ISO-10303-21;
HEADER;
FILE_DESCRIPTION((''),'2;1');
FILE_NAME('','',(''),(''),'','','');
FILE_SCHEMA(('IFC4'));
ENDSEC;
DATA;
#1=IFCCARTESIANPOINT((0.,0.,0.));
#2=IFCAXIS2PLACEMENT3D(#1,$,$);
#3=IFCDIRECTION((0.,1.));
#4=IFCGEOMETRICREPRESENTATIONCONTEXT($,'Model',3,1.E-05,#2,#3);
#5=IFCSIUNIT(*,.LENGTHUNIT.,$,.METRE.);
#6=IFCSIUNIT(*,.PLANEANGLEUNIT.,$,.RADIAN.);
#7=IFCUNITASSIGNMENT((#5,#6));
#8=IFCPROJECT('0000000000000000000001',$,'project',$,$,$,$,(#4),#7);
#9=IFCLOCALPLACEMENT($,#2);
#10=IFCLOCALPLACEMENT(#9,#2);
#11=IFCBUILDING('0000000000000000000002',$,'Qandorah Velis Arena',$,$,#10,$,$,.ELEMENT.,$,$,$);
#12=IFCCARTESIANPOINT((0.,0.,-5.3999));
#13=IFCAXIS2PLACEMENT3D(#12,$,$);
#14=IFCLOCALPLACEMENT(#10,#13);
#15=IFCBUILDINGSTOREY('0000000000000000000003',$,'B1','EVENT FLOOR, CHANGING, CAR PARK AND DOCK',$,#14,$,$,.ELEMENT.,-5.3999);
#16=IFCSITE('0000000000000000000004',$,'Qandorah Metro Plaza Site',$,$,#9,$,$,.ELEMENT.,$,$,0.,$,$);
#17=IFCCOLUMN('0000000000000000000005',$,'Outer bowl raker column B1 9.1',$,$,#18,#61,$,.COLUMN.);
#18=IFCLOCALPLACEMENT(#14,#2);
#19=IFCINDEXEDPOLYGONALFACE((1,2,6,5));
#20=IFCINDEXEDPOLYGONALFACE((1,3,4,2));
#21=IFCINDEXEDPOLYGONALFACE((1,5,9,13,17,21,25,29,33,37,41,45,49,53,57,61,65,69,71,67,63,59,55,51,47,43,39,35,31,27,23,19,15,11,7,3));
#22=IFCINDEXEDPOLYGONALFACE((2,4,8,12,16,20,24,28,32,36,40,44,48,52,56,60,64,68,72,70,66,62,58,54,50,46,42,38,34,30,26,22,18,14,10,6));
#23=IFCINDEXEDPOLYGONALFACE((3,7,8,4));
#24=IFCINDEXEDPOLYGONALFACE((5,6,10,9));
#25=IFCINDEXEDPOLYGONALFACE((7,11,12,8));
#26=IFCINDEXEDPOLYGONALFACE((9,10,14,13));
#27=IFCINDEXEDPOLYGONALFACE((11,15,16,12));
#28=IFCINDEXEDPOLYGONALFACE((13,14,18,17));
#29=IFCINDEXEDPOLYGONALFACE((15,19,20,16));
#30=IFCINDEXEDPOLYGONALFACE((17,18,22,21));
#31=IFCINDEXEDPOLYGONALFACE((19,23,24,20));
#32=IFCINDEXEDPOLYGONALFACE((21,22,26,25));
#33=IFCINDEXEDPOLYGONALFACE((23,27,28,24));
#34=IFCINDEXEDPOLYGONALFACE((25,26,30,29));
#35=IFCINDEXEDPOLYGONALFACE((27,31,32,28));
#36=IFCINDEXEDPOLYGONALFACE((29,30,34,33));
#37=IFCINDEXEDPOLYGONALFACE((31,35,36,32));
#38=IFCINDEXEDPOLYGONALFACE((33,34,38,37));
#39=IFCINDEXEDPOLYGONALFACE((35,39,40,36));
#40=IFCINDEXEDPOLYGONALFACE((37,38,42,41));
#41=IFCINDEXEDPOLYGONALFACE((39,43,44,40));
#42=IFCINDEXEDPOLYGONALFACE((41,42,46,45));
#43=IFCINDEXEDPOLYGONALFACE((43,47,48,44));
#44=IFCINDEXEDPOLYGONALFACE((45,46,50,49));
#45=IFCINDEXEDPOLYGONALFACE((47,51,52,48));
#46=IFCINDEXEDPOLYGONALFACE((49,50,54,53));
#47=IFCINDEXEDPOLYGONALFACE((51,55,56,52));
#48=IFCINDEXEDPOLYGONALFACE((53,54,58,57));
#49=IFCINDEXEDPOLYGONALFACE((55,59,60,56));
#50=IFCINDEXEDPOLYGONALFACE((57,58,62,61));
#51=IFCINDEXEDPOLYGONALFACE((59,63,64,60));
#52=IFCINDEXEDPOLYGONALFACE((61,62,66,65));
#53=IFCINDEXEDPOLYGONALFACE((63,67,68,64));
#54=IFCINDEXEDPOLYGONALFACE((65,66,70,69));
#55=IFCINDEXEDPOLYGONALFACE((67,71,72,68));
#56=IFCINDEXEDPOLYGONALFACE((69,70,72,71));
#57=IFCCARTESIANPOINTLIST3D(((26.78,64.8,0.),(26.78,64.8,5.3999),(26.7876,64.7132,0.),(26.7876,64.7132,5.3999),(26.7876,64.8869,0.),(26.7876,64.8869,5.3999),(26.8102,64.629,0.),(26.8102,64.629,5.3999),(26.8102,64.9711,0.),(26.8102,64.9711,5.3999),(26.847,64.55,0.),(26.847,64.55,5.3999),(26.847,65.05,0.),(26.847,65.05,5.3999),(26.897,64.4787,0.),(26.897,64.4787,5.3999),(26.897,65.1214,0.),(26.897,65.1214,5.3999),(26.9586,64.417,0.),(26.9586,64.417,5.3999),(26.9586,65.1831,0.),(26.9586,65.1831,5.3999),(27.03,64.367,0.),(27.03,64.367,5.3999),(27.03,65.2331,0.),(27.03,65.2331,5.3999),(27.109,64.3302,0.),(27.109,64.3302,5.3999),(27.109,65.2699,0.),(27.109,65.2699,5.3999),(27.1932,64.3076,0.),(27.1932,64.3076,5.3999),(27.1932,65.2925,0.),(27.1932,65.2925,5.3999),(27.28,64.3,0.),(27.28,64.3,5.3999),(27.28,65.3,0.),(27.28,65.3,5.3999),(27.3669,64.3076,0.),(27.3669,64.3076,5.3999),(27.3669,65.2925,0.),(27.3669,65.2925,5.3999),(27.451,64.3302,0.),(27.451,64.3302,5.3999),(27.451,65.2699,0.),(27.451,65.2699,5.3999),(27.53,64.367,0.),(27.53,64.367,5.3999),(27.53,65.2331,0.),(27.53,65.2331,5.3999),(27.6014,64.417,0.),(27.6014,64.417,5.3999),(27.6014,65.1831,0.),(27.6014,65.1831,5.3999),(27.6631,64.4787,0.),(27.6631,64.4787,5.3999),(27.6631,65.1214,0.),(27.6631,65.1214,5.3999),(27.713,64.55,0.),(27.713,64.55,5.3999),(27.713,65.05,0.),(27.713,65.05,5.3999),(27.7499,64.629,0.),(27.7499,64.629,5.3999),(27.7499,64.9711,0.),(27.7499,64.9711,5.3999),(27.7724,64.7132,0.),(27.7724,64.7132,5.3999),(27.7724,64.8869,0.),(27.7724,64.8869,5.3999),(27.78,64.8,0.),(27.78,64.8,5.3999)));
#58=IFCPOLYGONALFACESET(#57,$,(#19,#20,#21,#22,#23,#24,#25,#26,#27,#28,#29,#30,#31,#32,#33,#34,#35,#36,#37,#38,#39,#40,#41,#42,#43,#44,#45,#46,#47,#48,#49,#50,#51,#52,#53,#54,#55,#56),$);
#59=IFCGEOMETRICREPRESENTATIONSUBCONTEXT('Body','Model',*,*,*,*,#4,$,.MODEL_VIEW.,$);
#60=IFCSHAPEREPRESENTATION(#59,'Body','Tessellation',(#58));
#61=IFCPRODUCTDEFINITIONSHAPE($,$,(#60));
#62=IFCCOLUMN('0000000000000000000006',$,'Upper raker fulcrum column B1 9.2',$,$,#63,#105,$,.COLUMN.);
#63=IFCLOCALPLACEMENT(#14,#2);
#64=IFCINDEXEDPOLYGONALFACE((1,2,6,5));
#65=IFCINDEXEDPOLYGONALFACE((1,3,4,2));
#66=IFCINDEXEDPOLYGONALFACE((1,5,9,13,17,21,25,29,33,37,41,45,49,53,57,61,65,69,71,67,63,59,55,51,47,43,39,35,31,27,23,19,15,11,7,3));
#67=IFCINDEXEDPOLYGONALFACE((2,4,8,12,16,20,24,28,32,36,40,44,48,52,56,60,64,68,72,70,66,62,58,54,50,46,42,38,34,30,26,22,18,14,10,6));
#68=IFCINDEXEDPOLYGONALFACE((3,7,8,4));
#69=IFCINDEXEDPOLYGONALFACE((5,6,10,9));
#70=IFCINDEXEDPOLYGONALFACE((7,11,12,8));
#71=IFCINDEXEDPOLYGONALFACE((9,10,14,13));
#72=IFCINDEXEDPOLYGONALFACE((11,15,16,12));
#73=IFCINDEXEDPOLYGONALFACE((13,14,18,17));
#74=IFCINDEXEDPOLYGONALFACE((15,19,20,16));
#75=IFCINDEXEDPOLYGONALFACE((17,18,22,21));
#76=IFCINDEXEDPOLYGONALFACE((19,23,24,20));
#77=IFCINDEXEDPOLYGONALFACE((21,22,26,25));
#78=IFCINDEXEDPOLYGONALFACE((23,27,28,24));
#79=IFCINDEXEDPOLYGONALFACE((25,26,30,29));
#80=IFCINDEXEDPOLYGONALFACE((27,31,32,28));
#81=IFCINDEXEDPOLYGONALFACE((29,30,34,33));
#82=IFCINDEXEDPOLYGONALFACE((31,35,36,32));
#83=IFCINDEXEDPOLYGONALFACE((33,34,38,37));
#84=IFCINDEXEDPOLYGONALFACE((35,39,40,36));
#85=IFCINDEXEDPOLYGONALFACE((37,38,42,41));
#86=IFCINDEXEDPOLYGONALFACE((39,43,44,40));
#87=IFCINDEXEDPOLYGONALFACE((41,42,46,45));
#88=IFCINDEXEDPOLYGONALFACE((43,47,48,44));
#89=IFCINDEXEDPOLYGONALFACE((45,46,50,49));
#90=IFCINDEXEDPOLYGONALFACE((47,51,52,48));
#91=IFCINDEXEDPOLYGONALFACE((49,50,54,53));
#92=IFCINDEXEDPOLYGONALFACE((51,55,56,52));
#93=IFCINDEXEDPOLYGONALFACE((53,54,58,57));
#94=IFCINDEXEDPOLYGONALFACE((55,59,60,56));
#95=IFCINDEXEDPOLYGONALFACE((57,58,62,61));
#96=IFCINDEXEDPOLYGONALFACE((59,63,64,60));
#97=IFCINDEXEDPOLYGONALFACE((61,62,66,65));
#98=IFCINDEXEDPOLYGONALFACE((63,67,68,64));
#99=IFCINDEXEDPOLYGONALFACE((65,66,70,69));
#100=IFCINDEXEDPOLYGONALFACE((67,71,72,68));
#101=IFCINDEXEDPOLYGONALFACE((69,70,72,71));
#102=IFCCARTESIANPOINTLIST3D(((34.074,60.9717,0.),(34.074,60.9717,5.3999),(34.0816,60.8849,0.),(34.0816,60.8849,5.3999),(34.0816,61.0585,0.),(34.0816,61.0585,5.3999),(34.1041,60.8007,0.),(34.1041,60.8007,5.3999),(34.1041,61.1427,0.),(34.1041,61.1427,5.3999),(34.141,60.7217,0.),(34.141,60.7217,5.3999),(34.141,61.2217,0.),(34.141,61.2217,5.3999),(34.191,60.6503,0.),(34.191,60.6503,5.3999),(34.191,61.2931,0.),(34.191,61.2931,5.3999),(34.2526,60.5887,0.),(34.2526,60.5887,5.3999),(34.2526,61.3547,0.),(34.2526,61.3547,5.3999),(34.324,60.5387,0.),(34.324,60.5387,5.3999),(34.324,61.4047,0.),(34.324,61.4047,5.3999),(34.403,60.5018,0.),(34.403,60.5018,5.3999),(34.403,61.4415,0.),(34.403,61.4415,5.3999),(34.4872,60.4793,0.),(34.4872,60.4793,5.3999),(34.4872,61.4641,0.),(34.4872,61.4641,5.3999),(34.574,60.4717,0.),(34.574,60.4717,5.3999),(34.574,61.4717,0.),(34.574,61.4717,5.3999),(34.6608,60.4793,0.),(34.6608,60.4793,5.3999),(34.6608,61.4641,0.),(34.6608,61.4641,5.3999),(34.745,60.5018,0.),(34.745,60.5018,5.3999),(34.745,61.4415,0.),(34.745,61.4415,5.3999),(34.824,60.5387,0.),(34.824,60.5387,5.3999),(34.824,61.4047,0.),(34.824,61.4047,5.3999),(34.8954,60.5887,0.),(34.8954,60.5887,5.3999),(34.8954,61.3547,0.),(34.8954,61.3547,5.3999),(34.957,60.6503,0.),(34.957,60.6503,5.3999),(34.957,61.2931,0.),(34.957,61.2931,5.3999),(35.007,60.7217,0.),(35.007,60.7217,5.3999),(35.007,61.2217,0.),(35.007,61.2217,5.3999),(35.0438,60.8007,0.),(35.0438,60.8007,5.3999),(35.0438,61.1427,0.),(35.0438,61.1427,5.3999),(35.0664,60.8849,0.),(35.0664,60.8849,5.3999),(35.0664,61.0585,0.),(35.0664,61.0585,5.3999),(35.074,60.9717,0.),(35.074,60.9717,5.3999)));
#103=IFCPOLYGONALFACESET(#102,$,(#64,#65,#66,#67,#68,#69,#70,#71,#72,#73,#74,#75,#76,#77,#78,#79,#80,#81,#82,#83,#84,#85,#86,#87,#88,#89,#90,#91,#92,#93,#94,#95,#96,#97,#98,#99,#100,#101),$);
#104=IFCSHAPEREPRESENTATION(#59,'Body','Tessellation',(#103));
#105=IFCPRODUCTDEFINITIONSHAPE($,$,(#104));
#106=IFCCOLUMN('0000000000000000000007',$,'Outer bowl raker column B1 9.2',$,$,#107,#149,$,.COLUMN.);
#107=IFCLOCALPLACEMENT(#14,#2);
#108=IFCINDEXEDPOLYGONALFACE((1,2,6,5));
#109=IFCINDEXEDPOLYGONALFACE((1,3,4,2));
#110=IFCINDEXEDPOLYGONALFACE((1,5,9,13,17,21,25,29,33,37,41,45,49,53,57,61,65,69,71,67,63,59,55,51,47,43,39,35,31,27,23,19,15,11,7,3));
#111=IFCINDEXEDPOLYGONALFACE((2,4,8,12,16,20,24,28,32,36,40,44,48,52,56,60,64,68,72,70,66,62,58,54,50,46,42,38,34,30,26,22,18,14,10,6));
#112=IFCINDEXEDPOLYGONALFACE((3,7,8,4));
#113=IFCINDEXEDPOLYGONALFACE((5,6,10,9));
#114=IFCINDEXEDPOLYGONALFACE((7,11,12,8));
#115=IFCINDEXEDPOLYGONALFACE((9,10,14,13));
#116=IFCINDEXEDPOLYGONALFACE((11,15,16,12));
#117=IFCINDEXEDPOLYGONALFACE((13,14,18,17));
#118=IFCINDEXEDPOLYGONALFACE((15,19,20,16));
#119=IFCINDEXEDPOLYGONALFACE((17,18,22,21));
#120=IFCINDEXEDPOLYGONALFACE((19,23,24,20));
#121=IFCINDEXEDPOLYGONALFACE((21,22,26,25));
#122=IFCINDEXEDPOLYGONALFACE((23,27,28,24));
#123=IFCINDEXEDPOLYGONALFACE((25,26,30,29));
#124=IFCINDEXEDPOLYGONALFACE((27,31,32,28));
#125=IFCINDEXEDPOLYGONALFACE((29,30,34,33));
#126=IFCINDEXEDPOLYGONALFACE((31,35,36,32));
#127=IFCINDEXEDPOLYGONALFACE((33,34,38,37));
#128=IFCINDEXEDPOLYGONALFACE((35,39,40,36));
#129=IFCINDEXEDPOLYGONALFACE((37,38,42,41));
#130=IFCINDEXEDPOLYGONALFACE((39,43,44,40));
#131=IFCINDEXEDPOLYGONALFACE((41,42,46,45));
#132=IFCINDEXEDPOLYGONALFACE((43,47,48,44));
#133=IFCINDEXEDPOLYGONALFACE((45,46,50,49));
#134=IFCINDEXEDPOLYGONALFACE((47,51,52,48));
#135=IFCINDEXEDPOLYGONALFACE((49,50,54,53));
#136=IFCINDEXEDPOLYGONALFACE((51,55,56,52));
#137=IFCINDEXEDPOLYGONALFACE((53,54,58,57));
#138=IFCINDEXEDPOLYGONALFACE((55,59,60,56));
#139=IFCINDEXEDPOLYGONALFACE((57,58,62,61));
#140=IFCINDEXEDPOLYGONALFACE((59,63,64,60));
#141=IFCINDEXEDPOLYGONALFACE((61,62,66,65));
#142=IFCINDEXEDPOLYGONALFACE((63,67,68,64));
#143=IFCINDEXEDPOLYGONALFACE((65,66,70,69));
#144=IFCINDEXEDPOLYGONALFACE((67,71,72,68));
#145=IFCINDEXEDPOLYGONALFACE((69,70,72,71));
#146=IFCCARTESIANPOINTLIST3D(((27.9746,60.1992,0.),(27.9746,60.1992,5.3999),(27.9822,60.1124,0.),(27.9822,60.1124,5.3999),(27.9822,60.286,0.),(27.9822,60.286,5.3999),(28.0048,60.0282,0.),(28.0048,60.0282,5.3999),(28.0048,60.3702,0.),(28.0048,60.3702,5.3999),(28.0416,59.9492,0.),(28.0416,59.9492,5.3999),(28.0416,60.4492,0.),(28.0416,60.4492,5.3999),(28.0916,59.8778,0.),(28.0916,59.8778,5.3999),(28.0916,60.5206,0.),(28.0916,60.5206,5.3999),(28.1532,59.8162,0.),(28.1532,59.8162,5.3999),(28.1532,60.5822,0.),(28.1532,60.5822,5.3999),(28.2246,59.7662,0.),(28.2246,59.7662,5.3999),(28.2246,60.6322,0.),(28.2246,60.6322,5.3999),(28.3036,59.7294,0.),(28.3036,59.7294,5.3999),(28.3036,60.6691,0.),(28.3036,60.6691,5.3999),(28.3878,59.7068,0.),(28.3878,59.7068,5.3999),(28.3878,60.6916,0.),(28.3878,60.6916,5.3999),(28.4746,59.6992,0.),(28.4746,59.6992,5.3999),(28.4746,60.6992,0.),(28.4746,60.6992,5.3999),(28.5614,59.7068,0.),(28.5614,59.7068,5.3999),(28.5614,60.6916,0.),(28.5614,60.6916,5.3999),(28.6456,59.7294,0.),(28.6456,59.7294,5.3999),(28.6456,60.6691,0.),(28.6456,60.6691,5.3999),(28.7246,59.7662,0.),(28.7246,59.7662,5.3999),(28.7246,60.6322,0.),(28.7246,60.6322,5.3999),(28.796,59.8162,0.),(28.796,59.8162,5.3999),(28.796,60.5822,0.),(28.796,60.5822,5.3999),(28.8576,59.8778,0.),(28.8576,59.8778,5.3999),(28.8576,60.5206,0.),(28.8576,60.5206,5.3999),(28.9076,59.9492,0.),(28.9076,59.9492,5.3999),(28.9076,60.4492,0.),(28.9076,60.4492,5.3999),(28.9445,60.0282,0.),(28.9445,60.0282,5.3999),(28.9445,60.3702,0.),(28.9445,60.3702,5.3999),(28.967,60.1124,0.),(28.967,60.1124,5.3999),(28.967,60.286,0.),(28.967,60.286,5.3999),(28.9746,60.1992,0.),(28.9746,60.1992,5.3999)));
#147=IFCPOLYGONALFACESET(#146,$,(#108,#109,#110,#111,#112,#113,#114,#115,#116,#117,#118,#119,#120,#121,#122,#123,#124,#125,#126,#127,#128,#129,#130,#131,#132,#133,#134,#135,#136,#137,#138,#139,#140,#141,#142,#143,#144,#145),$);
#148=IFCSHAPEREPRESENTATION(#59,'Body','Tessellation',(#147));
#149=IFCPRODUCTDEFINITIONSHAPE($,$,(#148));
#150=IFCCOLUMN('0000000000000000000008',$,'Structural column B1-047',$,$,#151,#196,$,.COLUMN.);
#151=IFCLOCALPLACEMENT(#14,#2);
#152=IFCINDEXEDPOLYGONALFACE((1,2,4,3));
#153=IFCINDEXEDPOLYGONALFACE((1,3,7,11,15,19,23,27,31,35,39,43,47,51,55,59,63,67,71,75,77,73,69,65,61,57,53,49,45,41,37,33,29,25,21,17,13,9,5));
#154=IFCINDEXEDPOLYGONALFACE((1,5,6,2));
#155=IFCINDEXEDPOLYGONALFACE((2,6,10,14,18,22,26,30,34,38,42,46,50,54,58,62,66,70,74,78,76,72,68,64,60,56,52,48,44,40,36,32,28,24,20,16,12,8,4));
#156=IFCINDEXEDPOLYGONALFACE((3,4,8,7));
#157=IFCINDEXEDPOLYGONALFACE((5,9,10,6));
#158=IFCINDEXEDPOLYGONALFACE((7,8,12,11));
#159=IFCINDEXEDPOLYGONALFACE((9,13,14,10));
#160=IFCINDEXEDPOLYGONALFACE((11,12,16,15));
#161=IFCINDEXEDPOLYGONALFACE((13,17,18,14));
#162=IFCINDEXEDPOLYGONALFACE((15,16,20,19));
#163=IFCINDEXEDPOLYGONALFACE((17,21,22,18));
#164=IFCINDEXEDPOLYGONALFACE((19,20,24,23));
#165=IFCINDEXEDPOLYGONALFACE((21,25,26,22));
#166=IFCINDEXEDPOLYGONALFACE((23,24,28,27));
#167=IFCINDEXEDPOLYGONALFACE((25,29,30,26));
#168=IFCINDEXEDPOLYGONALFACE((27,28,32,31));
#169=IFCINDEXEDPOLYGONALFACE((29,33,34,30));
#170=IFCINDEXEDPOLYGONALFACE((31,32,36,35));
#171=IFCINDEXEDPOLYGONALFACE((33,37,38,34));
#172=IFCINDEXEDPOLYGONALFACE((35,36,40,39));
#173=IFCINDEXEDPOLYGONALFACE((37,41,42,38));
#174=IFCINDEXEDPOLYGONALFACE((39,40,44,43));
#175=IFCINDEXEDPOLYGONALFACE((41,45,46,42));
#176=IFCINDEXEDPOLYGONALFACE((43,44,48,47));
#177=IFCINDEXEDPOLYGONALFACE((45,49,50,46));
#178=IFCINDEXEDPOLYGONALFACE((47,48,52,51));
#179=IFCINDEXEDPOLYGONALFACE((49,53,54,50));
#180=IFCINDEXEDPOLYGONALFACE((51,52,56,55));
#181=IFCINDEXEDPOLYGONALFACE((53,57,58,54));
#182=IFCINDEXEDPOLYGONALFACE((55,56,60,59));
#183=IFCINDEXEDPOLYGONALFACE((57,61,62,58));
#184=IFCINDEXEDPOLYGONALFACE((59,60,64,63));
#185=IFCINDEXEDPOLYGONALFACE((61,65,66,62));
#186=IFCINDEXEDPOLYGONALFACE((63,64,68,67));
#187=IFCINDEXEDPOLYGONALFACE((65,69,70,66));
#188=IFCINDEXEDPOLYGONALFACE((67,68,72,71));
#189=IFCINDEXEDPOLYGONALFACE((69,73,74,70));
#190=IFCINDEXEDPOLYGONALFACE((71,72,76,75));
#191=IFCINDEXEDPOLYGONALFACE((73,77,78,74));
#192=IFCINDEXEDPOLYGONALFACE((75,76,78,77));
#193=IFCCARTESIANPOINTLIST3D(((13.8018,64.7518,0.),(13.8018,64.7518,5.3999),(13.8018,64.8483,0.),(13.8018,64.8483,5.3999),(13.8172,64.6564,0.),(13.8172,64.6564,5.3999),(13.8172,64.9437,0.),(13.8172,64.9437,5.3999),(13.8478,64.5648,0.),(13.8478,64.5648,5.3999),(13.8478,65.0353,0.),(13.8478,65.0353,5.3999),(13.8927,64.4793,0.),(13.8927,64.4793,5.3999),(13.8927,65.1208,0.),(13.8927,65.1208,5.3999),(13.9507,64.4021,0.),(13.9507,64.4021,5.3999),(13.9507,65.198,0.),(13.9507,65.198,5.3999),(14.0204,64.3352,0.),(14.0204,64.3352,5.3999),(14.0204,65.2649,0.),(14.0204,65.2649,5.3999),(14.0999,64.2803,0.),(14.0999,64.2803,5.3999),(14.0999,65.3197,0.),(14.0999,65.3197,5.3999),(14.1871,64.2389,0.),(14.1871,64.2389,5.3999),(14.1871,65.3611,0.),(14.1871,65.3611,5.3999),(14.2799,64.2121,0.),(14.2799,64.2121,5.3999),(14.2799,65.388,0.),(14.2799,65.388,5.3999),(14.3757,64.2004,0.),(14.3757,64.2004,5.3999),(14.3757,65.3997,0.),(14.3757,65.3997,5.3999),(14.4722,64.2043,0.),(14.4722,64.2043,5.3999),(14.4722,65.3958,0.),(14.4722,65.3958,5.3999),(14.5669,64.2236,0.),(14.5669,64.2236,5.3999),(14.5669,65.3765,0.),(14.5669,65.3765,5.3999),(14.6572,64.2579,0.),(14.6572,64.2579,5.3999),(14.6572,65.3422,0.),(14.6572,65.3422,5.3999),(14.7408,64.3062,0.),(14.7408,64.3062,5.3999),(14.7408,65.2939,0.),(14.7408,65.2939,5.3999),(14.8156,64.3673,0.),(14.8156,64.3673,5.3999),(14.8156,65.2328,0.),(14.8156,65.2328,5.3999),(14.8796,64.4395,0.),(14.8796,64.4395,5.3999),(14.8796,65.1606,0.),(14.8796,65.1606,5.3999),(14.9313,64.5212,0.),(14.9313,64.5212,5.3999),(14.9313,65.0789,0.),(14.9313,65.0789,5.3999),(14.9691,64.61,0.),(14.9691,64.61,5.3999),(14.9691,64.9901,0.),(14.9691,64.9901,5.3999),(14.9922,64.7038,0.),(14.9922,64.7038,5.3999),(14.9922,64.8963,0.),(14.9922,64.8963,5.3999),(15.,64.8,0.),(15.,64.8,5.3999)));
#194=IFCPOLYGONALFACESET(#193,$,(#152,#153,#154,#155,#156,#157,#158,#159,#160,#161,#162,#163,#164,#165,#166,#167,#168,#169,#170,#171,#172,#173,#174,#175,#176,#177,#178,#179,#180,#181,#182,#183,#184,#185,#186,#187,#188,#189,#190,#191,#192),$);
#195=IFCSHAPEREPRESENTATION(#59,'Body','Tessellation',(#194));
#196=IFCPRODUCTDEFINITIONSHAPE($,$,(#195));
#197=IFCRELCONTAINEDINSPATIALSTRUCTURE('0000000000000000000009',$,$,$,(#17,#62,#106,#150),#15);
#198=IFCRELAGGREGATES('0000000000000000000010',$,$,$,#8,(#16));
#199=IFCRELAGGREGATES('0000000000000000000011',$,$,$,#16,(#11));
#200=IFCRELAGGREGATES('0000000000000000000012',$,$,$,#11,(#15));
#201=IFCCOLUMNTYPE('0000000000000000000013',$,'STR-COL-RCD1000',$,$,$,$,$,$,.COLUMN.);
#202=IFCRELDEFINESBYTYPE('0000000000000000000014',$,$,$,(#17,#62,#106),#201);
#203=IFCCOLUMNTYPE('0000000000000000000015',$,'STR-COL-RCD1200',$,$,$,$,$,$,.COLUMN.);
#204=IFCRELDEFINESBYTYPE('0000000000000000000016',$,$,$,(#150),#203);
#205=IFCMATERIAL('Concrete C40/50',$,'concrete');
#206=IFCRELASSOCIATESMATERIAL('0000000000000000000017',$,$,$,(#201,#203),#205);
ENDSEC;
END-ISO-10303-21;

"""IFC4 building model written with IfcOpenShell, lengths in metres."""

from ifc_helpers import new_model, si_unit, direction, frame, origin, origin_2d, place, context, subcontext, project, spatial, circle, extrude, material, material_profile, profile_set, type_object, element, save


model = new_model("IFC4")

# Units and contexts
model_context = context("Model", 3, precision=1e-05, world=origin(), true_north=direction((0.0, 1.0)))
body_context = subcontext(model_context, "Body", "Model", "MODEL_VIEW")
ifc_project = project(units=[si_unit("LENGTHUNIT", "METRE"), si_unit("PLANEANGLEUNIT", "RADIAN")], contexts=[model_context])

# Site, building, storey
site_placement = place(None, origin())
site = spatial("IfcSite", under=ifc_project, at=site_placement, Name="Qandorah Metro Plaza Site", CompositionType="ELEMENT", RefElevation=0.0)
building_placement = place(site_placement, origin())
building = spatial("IfcBuilding", under=site, at=building_placement, Name="Qandorah Velis Arena", CompositionType="ELEMENT")
storey_placement = place(building_placement, frame((0.0, 0.0, -5.3999)))
storey = spatial("IfcBuildingStorey", under=building, at=storey_placement, Name="B1", Description="EVENT FLOOR, CHANGING, CAR PARK AND DOCK", CompositionType="ELEMENT", Elevation=-5.3999)

# Shared definitions
ifc_material = material(Name="Concrete C40/50", Category="concrete")

# Columns
ifc_material_profile_1 = material_profile(ifc_material, circle(Radius=0.5, at=origin_2d()), Name="RC D1000")
ifc_profile_set_1 = profile_set([ifc_material_profile_1], Name="Concrete C40/50")
column_type_1 = type_object("IfcColumnType", Name="STR-COL-RCD1000", PredefinedType="COLUMN", material=ifc_profile_set_1)
for number, where, z_axis, x_axis, name in (
    (1, (27.28, 64.8, 0.0), (0.0, 0.0, 1.0), (1.0, 0.0, 0.0), "Outer bowl raker column B1 9.1"),
    (2, (34.574, 60.9717, 0.0), (0.0, 0.0, 1.0), (1.0, 0.0, 0.0), "Upper raker fulcrum column B1 9.2"),
    (3, (28.4746, 60.1992, 0.0), (0.0, 0.0, 1.0), (1.0, 0.0, 0.0), "Outer bowl raker column B1 9.2"),
):
    element("IfcColumn", number, at=place(storey_placement, frame(where, z_axis=z_axis, x_axis=x_axis)), inside=storey, type_object=column_type_1, Name=name, PredefinedType="COLUMN", context=body_context, shape_type="SweptSolid", body=[
        extrude(circle(Radius=0.5, at=origin_2d()), origin(), (0.0, 0.0, 1.0), 5.3999),
    ])
ifc_material_profile_2 = material_profile(ifc_material, circle(Radius=0.6001, at=origin_2d()), Name="RC D1200")
ifc_profile_set_2 = profile_set([ifc_material_profile_2], Name="Concrete C40/50")
column_type_2 = type_object("IfcColumnType", Name="STR-COL-RCD1200", PredefinedType="COLUMN", material=ifc_profile_set_2)
column_1_placement = place(storey_placement, frame((14.3999, 64.8, 0.0), z_axis=(0.0, 0.0, 1.0), x_axis=(1.0, 0.0, 0.0)))
element("IfcColumn", 4, at=column_1_placement, inside=storey, type_object=column_type_2, Name="Structural column B1-047", PredefinedType="COLUMN", context=body_context, shape_type="SweptSolid", body=[
    extrude(circle(Radius=0.6001, at=origin_2d()), origin(), (0.0, 0.0, 1.0), 5.3999),
])

save(model, "model.ifc")
